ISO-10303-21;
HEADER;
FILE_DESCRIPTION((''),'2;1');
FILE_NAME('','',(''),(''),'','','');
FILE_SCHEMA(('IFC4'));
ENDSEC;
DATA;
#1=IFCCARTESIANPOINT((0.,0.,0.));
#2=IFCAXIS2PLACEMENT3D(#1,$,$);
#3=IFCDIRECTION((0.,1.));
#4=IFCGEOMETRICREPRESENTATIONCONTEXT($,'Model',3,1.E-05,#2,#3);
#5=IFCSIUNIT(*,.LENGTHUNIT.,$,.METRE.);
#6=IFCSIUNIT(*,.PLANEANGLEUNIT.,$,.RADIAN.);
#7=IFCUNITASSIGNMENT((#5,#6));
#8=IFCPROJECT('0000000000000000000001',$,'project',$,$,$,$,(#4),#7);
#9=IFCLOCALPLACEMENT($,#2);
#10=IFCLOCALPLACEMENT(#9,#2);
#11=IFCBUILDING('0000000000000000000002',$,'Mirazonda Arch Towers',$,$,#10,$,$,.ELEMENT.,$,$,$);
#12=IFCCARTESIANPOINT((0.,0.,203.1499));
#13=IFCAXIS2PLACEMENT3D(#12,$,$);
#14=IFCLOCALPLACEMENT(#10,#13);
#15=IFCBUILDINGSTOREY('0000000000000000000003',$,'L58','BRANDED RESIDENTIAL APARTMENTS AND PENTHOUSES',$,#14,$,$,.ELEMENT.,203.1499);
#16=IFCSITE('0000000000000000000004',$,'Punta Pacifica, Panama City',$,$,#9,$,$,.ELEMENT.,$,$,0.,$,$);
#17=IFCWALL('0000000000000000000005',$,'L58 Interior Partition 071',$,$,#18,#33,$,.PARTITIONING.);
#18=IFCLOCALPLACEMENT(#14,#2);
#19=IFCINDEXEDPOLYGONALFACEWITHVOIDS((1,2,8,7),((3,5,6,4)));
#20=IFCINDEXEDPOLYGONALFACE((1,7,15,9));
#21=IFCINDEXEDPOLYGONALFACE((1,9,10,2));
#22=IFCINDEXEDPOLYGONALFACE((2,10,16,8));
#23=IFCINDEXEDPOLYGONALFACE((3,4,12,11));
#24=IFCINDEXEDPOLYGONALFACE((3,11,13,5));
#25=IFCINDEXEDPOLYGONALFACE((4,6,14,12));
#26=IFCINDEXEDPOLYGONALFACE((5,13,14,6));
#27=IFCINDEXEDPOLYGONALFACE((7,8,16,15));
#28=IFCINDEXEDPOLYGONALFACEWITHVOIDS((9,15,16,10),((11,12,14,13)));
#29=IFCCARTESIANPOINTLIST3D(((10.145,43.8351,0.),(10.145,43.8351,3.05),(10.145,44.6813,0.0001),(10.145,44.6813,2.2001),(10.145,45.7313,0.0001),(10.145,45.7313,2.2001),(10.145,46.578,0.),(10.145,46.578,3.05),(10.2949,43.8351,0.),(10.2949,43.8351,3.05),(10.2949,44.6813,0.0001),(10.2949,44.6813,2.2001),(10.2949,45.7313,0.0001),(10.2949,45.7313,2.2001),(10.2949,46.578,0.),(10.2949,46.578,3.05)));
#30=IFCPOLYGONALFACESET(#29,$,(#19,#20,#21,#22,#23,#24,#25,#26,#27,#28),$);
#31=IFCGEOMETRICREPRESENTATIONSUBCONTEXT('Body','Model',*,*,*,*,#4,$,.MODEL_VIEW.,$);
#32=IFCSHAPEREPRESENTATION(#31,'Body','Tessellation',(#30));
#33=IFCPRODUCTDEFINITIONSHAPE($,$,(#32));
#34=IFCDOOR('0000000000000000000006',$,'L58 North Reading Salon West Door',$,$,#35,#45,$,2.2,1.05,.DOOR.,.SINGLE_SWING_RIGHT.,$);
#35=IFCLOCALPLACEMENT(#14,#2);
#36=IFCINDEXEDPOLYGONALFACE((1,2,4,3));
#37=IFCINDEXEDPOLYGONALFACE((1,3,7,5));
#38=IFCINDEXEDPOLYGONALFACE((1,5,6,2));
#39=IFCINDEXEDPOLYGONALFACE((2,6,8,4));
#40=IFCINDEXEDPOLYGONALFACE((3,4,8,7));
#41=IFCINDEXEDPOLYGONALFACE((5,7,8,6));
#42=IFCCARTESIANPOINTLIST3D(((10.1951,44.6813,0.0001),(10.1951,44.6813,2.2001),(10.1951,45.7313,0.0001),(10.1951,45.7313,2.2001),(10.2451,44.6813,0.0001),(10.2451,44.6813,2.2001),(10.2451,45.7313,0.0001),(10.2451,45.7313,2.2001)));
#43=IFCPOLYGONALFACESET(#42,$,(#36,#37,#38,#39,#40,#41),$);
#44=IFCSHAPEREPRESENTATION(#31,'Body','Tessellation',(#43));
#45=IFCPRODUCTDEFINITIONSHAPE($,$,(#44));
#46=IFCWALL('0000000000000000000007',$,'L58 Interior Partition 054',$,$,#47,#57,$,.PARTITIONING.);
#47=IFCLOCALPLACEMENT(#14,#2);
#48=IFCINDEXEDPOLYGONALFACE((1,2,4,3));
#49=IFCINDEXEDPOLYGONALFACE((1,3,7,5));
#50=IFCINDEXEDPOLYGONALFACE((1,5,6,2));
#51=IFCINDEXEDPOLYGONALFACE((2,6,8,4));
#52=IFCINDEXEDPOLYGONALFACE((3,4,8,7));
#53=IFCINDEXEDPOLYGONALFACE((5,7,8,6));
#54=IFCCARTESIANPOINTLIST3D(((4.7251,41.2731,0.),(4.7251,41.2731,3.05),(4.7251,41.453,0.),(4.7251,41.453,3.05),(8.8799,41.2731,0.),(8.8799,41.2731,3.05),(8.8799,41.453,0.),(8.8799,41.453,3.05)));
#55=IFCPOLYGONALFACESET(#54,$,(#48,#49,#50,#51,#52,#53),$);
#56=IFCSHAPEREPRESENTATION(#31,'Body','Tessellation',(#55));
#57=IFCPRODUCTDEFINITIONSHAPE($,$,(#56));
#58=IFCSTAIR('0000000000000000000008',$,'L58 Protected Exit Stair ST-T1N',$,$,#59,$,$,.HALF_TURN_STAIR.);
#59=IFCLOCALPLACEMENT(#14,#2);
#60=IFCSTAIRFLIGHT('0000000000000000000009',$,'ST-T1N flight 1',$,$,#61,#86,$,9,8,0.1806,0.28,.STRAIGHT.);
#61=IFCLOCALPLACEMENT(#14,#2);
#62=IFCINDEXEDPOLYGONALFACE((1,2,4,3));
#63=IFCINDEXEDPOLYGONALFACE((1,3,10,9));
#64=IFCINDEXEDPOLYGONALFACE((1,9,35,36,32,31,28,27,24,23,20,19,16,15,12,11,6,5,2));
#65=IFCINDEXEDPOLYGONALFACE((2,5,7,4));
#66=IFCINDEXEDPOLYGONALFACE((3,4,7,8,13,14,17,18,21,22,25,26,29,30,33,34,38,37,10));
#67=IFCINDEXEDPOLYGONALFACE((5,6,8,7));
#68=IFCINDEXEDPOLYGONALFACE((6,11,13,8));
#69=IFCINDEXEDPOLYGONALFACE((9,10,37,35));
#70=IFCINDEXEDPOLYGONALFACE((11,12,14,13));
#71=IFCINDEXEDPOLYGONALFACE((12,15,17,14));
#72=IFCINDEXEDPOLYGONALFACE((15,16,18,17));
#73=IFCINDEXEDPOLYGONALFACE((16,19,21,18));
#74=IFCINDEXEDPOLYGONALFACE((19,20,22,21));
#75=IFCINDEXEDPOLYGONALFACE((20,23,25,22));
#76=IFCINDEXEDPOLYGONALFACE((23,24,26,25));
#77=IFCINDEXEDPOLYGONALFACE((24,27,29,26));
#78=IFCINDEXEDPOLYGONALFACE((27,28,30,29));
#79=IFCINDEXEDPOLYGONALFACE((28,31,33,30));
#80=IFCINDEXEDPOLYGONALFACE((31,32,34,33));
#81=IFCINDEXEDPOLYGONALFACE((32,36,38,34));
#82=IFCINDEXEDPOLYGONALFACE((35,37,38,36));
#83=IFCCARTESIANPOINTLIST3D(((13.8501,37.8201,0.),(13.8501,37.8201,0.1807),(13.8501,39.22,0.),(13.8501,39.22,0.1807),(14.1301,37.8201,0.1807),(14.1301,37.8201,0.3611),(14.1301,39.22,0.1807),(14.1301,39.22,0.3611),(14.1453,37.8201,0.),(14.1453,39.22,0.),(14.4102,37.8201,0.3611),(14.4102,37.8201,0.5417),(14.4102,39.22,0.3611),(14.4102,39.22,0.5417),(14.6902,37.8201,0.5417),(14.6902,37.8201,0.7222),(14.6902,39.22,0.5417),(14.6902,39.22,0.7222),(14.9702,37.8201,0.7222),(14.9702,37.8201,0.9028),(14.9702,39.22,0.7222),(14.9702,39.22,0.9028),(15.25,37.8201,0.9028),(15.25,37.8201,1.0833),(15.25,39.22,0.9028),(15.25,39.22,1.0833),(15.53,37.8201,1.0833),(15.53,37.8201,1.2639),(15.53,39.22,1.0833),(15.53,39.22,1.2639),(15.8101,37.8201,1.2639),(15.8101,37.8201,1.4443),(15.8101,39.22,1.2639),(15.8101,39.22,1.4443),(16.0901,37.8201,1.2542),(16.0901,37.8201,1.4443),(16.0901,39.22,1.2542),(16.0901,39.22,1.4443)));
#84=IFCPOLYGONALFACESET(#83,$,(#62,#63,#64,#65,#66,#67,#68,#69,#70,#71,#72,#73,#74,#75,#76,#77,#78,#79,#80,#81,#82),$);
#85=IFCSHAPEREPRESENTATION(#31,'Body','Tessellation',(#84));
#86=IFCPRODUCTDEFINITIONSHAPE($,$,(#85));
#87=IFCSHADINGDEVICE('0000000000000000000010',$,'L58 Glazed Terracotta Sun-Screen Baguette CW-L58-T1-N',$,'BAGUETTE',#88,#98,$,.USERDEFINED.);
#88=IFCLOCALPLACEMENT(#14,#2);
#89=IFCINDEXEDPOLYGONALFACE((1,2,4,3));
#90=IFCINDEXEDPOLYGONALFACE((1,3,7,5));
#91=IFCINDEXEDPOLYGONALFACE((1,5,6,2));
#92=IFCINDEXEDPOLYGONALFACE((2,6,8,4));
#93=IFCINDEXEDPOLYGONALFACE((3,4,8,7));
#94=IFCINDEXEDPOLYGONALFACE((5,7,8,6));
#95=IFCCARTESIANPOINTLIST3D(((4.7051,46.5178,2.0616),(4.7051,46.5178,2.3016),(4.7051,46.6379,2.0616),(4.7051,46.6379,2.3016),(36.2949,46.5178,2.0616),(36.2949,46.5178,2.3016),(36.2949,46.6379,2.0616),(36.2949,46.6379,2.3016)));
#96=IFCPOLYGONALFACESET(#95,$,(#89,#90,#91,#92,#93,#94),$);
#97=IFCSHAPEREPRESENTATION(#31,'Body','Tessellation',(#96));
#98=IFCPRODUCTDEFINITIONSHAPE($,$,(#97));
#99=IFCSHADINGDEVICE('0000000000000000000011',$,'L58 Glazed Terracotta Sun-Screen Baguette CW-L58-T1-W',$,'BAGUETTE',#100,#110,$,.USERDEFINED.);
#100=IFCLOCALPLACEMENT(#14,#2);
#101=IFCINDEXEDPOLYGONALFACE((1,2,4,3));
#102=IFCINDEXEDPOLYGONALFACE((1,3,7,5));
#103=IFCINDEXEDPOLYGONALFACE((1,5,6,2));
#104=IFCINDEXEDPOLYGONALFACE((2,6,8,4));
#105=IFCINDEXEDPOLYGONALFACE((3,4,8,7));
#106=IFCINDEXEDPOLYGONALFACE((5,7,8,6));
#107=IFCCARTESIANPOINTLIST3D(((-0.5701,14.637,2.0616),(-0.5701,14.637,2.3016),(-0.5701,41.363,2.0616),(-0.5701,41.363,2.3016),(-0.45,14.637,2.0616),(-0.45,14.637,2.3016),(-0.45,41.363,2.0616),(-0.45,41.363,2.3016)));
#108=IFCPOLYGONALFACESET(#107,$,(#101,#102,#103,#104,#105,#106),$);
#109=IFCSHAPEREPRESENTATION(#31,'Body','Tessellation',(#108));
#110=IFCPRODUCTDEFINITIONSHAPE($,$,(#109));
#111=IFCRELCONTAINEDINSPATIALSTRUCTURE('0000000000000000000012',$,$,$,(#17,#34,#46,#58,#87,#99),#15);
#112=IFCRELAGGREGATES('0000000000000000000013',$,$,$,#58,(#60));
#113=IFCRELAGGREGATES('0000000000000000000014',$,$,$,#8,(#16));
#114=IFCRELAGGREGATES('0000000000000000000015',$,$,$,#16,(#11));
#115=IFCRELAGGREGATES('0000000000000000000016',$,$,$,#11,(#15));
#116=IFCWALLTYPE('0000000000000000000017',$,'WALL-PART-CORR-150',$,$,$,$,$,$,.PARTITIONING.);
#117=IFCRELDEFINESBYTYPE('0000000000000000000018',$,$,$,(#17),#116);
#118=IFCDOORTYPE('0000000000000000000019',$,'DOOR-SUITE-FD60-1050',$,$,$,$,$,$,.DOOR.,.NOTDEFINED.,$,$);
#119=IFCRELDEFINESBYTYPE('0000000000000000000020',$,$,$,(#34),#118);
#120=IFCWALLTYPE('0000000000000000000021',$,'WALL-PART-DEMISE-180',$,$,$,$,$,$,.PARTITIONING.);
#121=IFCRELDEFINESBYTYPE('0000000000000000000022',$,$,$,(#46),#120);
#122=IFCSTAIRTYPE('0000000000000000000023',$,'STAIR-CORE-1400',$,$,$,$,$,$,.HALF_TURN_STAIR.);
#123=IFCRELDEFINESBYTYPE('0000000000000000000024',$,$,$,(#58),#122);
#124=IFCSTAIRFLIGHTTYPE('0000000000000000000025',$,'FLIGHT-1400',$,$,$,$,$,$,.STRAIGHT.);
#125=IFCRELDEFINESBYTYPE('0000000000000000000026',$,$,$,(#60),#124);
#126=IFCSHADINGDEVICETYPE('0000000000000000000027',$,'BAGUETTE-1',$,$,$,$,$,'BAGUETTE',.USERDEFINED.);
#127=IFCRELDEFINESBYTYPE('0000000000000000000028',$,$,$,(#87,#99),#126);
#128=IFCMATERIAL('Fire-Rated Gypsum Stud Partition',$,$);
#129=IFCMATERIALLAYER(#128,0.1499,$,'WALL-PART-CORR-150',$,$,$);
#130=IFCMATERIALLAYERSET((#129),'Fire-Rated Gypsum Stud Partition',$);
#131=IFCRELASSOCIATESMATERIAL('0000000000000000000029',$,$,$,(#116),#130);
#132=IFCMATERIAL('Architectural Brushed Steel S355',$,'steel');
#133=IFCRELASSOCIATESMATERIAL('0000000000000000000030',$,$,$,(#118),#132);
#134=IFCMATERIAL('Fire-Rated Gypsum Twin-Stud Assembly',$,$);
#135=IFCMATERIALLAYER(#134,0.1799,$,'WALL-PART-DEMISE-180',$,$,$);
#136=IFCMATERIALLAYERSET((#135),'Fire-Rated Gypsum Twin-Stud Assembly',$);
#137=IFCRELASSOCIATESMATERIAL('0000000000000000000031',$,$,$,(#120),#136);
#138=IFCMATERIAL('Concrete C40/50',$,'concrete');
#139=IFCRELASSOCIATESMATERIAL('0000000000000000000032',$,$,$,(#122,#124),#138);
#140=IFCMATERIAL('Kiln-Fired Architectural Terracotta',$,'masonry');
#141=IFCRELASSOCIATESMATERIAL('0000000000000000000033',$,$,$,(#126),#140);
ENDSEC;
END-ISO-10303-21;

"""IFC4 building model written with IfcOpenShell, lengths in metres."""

from ifc_helpers import new_model, si_unit, direction, frame, frame_2d, origin, origin_2d, place, context, subcontext, project, spatial, polyline, rectangle, outline, extrude, material, layer, layer_set, material_profile, profile_set, type_object, element, fill, aggregate, save


model = new_model("IFC4")

# Units and contexts
model_context = context("Model", 3, precision=1e-05, world=origin(), true_north=direction((0.0, 1.0)))
body_context = subcontext(model_context, "Body", "Model", "MODEL_VIEW")
ifc_project = project(units=[si_unit("LENGTHUNIT", "METRE"), si_unit("PLANEANGLEUNIT", "RADIAN")], contexts=[model_context])

# Site, building, storey
site_placement = place(None, origin())
site = spatial("IfcSite", under=ifc_project, at=site_placement, Name="Punta Pacifica, Panama City", CompositionType="ELEMENT", RefElevation=0.0)
building_placement = place(site_placement, origin())
building = spatial("IfcBuilding", under=site, at=building_placement, Name="Mirazonda Arch Towers", CompositionType="ELEMENT")
storey_placement = place(building_placement, frame((0.0, 0.0, 203.1499)))
storey = spatial("IfcBuildingStorey", under=building, at=storey_placement, Name="L58", Description="BRANDED RESIDENTIAL APARTMENTS AND PENTHOUSES", CompositionType="ELEMENT", Elevation=203.1499)

# Shared definitions
ifc_material_1 = material(Name="Fire-Rated Gypsum Stud Partition")
ifc_layer_1 = layer(ifc_material_1, 0.1499, Name="WALL-PART-CORR-150")
ifc_layer_set_1 = layer_set([ifc_layer_1], Name="Fire-Rated Gypsum Stud Partition")
wall_type_1 = type_object("IfcWallType", Name="WALL-PART-CORR-150", PredefinedType="PARTITIONING", material=ifc_layer_set_1)

# Wall, opening, door
wall_1_placement = place(storey_placement, frame((10.22, 43.835, 0.0), z_axis=(0.0, 0.0, 1.0), x_axis=(0.0, 1.0, 0.0)))
wall_1 = element("IfcWall", 1, at=wall_1_placement, inside=storey, type_object=wall_type_1, Name="L58 Interior Partition 071", PredefinedType="PARTITIONING", context=body_context, shape_type="SweptSolid", body=[
    extrude(rectangle(XDim=2.7429, YDim=0.1499, at=frame_2d((1.3716, 0.0))), origin(), (0.0, 0.0, 1.0), 3.05),
])
opening_1_placement = place(wall_1_placement, frame((0.8464, 0.0, 0.0)))
opening_1 = element("IfcOpeningElement", 2, at=opening_1_placement, cuts=wall_1, PredefinedType="OPENING", context=body_context, shape_type="SweptSolid", body=[
    extrude(rectangle(XDim=1.05, YDim=2.2, at=frame_2d((0.5249, 1.1001))), frame((0.0, 0.085, 0.0), z_axis=(0.0, -1.0, 0.0), x_axis=(1.0, 0.0, 0.0)), (0.0, 0.0, 1.0), 0.1699),
])
ifc_material_2 = material(Name="Architectural Brushed Steel S355", Category="steel")
door_type_1 = type_object("IfcDoorType", Name="DOOR-SUITE-FD60-1050", OperationType="NOTDEFINED", PredefinedType="DOOR", material=ifc_material_2)
door_1_placement = place(opening_1_placement, origin())
door_1 = element("IfcDoor", 3, at=door_1_placement, inside=storey, type_object=door_type_1, Name="L58 North Reading Salon West Door", OperationType="SINGLE_SWING_RIGHT", OverallHeight=2.2, OverallWidth=1.05, PredefinedType="DOOR", context=body_context, shape_type="SweptSolid", body=[
    extrude(rectangle(XDim=1.05, YDim=2.2, at=frame_2d((0.5249, 1.1001))), frame((0.0, 0.0249, 0.0), z_axis=(0.0, -1.0, 0.0), x_axis=(1.0, 0.0, 0.0)), (0.0, 0.0, 1.0), 0.05),
])
fill(opening_1, door_1)

# Wall
ifc_material_3 = material(Name="Fire-Rated Gypsum Twin-Stud Assembly")
ifc_layer_2 = layer(ifc_material_3, 0.1799, Name="WALL-PART-DEMISE-180")
ifc_layer_set_2 = layer_set([ifc_layer_2], Name="Fire-Rated Gypsum Twin-Stud Assembly")
wall_type_2 = type_object("IfcWallType", Name="WALL-PART-DEMISE-180", PredefinedType="PARTITIONING", material=ifc_layer_set_2)
wall_2_placement = place(storey_placement, frame((4.7251, 41.363, 0.0), z_axis=(0.0, 0.0, 1.0), x_axis=(1.0, 0.0, 0.0)))
element("IfcWall", 4, at=wall_2_placement, inside=storey, type_object=wall_type_2, Name="L58 Interior Partition 054", PredefinedType="PARTITIONING", context=body_context, shape_type="SweptSolid", body=[
    extrude(rectangle(XDim=4.1548, YDim=0.1799, at=frame_2d((2.0774, 0.0))), origin(), (0.0, 0.0, 1.0), 3.05),
])

# Stair, stair flight
ifc_material_4 = material(Name="Concrete C40/50", Category="concrete")
stair_type = type_object("IfcStairType", Name="STAIR-CORE-1400", PredefinedType="HALF_TURN_STAIR", material=ifc_material_4)
stair_placement = place(storey_placement, origin())
stair = element("IfcStair", 5, at=stair_placement, inside=storey, type_object=stair_type, Name="L58 Protected Exit Stair ST-T1N", PredefinedType="HALF_TURN_STAIR")
stair_flight_type = type_object("IfcStairFlightType", Name="FLIGHT-1400", PredefinedType="STRAIGHT", material=ifc_material_4)
stair_flight_placement = place(storey_placement, frame((13.8501, 38.52, 0.0), z_axis=(0.0, 0.0, 1.0), x_axis=(1.0, 0.0, 0.0)))
stair_flight = element("IfcStairFlight", 6, at=stair_flight_placement, type_object=stair_flight_type, Name="ST-T1N flight 1", NumberOfRisers=9, NumberOfTreads=8, PredefinedType="STRAIGHT", RiserHeight=0.1806, TreadLength=0.28, context=body_context, shape_type="SweptSolid", body=[
    extrude(outline(polyline([(0.0, 0.0), (0.0, 0.1807), (0.28, 0.1807), (0.28, 0.3611), (0.5601, 0.3611), (0.5601, 0.5417), (0.8401, 0.5417), (0.8401, 0.7222), (1.1201, 0.7222), (1.1201, 0.9028), (1.3999, 0.9028), (1.3999, 1.0833), (1.6799, 1.0833), (1.6799, 1.2639), (1.96, 1.2639), (1.96, 1.4443), (2.24, 1.4443), (2.24, 1.625), (2.24, 1.2542), (0.2952, 0.0), (0.0, 0.0)])), frame((0.0, 0.7, 0.0), z_axis=(0.0, -1.0, 0.0), x_axis=(1.0, 0.0, 0.0)), (0.0, 0.0, 1.0), 1.3999),
])
aggregate(stair, [stair_flight])

# Shading devices
ifc_material_5 = material(Name="Kiln-Fired Architectural Terracotta", Category="masonry")
ifc_material_profile_1 = material_profile(ifc_material_5, rectangle(XDim=0.1201, YDim=0.24, at=origin_2d()), Name="TERRA-BAG-120x240")
ifc_profile_set_1 = profile_set([ifc_material_profile_1], Name="Kiln-Fired Architectural Terracotta")
shading_device_type = type_object("IfcShadingDeviceType", Name="BAGUETTE-1", ElementType="BAGUETTE", PredefinedType="USERDEFINED", material=ifc_profile_set_1)
shading_device_1_placement = place(storey_placement, frame((4.7051, 46.5779, 2.1816), z_axis=(1.0, 0.0, 0.0), x_axis=(0.0, 1.0, 0.0)))
element("IfcShadingDevice", 7, at=shading_device_1_placement, inside=storey, type_object=shading_device_type, Name="L58 Glazed Terracotta Sun-Screen Baguette CW-L58-T1-N", ObjectType="BAGUETTE", PredefinedType="USERDEFINED", context=body_context, shape_type="SweptSolid", body=[
    extrude(rectangle(XDim=0.1201, YDim=0.24, at=origin_2d()), origin(), (0.0, 0.0, 1.0), 31.5898),
])
shading_device_2_placement = place(storey_placement, frame((-0.51, 41.363, 2.1816), z_axis=(0.0, -1.0, 0.0), x_axis=(1.0, 0.0, 0.0)))
element("IfcShadingDevice", 8, at=shading_device_2_placement, inside=storey, type_object=shading_device_type, Name="L58 Glazed Terracotta Sun-Screen Baguette CW-L58-T1-W", ObjectType="BAGUETTE", PredefinedType="USERDEFINED", context=body_context, shape_type="SweptSolid", body=[
    extrude(rectangle(XDim=0.1201, YDim=0.24, at=origin_2d()), origin(), (0.0, 0.0, 1.0), 26.7261),
])

save(model, "model.ifc")
